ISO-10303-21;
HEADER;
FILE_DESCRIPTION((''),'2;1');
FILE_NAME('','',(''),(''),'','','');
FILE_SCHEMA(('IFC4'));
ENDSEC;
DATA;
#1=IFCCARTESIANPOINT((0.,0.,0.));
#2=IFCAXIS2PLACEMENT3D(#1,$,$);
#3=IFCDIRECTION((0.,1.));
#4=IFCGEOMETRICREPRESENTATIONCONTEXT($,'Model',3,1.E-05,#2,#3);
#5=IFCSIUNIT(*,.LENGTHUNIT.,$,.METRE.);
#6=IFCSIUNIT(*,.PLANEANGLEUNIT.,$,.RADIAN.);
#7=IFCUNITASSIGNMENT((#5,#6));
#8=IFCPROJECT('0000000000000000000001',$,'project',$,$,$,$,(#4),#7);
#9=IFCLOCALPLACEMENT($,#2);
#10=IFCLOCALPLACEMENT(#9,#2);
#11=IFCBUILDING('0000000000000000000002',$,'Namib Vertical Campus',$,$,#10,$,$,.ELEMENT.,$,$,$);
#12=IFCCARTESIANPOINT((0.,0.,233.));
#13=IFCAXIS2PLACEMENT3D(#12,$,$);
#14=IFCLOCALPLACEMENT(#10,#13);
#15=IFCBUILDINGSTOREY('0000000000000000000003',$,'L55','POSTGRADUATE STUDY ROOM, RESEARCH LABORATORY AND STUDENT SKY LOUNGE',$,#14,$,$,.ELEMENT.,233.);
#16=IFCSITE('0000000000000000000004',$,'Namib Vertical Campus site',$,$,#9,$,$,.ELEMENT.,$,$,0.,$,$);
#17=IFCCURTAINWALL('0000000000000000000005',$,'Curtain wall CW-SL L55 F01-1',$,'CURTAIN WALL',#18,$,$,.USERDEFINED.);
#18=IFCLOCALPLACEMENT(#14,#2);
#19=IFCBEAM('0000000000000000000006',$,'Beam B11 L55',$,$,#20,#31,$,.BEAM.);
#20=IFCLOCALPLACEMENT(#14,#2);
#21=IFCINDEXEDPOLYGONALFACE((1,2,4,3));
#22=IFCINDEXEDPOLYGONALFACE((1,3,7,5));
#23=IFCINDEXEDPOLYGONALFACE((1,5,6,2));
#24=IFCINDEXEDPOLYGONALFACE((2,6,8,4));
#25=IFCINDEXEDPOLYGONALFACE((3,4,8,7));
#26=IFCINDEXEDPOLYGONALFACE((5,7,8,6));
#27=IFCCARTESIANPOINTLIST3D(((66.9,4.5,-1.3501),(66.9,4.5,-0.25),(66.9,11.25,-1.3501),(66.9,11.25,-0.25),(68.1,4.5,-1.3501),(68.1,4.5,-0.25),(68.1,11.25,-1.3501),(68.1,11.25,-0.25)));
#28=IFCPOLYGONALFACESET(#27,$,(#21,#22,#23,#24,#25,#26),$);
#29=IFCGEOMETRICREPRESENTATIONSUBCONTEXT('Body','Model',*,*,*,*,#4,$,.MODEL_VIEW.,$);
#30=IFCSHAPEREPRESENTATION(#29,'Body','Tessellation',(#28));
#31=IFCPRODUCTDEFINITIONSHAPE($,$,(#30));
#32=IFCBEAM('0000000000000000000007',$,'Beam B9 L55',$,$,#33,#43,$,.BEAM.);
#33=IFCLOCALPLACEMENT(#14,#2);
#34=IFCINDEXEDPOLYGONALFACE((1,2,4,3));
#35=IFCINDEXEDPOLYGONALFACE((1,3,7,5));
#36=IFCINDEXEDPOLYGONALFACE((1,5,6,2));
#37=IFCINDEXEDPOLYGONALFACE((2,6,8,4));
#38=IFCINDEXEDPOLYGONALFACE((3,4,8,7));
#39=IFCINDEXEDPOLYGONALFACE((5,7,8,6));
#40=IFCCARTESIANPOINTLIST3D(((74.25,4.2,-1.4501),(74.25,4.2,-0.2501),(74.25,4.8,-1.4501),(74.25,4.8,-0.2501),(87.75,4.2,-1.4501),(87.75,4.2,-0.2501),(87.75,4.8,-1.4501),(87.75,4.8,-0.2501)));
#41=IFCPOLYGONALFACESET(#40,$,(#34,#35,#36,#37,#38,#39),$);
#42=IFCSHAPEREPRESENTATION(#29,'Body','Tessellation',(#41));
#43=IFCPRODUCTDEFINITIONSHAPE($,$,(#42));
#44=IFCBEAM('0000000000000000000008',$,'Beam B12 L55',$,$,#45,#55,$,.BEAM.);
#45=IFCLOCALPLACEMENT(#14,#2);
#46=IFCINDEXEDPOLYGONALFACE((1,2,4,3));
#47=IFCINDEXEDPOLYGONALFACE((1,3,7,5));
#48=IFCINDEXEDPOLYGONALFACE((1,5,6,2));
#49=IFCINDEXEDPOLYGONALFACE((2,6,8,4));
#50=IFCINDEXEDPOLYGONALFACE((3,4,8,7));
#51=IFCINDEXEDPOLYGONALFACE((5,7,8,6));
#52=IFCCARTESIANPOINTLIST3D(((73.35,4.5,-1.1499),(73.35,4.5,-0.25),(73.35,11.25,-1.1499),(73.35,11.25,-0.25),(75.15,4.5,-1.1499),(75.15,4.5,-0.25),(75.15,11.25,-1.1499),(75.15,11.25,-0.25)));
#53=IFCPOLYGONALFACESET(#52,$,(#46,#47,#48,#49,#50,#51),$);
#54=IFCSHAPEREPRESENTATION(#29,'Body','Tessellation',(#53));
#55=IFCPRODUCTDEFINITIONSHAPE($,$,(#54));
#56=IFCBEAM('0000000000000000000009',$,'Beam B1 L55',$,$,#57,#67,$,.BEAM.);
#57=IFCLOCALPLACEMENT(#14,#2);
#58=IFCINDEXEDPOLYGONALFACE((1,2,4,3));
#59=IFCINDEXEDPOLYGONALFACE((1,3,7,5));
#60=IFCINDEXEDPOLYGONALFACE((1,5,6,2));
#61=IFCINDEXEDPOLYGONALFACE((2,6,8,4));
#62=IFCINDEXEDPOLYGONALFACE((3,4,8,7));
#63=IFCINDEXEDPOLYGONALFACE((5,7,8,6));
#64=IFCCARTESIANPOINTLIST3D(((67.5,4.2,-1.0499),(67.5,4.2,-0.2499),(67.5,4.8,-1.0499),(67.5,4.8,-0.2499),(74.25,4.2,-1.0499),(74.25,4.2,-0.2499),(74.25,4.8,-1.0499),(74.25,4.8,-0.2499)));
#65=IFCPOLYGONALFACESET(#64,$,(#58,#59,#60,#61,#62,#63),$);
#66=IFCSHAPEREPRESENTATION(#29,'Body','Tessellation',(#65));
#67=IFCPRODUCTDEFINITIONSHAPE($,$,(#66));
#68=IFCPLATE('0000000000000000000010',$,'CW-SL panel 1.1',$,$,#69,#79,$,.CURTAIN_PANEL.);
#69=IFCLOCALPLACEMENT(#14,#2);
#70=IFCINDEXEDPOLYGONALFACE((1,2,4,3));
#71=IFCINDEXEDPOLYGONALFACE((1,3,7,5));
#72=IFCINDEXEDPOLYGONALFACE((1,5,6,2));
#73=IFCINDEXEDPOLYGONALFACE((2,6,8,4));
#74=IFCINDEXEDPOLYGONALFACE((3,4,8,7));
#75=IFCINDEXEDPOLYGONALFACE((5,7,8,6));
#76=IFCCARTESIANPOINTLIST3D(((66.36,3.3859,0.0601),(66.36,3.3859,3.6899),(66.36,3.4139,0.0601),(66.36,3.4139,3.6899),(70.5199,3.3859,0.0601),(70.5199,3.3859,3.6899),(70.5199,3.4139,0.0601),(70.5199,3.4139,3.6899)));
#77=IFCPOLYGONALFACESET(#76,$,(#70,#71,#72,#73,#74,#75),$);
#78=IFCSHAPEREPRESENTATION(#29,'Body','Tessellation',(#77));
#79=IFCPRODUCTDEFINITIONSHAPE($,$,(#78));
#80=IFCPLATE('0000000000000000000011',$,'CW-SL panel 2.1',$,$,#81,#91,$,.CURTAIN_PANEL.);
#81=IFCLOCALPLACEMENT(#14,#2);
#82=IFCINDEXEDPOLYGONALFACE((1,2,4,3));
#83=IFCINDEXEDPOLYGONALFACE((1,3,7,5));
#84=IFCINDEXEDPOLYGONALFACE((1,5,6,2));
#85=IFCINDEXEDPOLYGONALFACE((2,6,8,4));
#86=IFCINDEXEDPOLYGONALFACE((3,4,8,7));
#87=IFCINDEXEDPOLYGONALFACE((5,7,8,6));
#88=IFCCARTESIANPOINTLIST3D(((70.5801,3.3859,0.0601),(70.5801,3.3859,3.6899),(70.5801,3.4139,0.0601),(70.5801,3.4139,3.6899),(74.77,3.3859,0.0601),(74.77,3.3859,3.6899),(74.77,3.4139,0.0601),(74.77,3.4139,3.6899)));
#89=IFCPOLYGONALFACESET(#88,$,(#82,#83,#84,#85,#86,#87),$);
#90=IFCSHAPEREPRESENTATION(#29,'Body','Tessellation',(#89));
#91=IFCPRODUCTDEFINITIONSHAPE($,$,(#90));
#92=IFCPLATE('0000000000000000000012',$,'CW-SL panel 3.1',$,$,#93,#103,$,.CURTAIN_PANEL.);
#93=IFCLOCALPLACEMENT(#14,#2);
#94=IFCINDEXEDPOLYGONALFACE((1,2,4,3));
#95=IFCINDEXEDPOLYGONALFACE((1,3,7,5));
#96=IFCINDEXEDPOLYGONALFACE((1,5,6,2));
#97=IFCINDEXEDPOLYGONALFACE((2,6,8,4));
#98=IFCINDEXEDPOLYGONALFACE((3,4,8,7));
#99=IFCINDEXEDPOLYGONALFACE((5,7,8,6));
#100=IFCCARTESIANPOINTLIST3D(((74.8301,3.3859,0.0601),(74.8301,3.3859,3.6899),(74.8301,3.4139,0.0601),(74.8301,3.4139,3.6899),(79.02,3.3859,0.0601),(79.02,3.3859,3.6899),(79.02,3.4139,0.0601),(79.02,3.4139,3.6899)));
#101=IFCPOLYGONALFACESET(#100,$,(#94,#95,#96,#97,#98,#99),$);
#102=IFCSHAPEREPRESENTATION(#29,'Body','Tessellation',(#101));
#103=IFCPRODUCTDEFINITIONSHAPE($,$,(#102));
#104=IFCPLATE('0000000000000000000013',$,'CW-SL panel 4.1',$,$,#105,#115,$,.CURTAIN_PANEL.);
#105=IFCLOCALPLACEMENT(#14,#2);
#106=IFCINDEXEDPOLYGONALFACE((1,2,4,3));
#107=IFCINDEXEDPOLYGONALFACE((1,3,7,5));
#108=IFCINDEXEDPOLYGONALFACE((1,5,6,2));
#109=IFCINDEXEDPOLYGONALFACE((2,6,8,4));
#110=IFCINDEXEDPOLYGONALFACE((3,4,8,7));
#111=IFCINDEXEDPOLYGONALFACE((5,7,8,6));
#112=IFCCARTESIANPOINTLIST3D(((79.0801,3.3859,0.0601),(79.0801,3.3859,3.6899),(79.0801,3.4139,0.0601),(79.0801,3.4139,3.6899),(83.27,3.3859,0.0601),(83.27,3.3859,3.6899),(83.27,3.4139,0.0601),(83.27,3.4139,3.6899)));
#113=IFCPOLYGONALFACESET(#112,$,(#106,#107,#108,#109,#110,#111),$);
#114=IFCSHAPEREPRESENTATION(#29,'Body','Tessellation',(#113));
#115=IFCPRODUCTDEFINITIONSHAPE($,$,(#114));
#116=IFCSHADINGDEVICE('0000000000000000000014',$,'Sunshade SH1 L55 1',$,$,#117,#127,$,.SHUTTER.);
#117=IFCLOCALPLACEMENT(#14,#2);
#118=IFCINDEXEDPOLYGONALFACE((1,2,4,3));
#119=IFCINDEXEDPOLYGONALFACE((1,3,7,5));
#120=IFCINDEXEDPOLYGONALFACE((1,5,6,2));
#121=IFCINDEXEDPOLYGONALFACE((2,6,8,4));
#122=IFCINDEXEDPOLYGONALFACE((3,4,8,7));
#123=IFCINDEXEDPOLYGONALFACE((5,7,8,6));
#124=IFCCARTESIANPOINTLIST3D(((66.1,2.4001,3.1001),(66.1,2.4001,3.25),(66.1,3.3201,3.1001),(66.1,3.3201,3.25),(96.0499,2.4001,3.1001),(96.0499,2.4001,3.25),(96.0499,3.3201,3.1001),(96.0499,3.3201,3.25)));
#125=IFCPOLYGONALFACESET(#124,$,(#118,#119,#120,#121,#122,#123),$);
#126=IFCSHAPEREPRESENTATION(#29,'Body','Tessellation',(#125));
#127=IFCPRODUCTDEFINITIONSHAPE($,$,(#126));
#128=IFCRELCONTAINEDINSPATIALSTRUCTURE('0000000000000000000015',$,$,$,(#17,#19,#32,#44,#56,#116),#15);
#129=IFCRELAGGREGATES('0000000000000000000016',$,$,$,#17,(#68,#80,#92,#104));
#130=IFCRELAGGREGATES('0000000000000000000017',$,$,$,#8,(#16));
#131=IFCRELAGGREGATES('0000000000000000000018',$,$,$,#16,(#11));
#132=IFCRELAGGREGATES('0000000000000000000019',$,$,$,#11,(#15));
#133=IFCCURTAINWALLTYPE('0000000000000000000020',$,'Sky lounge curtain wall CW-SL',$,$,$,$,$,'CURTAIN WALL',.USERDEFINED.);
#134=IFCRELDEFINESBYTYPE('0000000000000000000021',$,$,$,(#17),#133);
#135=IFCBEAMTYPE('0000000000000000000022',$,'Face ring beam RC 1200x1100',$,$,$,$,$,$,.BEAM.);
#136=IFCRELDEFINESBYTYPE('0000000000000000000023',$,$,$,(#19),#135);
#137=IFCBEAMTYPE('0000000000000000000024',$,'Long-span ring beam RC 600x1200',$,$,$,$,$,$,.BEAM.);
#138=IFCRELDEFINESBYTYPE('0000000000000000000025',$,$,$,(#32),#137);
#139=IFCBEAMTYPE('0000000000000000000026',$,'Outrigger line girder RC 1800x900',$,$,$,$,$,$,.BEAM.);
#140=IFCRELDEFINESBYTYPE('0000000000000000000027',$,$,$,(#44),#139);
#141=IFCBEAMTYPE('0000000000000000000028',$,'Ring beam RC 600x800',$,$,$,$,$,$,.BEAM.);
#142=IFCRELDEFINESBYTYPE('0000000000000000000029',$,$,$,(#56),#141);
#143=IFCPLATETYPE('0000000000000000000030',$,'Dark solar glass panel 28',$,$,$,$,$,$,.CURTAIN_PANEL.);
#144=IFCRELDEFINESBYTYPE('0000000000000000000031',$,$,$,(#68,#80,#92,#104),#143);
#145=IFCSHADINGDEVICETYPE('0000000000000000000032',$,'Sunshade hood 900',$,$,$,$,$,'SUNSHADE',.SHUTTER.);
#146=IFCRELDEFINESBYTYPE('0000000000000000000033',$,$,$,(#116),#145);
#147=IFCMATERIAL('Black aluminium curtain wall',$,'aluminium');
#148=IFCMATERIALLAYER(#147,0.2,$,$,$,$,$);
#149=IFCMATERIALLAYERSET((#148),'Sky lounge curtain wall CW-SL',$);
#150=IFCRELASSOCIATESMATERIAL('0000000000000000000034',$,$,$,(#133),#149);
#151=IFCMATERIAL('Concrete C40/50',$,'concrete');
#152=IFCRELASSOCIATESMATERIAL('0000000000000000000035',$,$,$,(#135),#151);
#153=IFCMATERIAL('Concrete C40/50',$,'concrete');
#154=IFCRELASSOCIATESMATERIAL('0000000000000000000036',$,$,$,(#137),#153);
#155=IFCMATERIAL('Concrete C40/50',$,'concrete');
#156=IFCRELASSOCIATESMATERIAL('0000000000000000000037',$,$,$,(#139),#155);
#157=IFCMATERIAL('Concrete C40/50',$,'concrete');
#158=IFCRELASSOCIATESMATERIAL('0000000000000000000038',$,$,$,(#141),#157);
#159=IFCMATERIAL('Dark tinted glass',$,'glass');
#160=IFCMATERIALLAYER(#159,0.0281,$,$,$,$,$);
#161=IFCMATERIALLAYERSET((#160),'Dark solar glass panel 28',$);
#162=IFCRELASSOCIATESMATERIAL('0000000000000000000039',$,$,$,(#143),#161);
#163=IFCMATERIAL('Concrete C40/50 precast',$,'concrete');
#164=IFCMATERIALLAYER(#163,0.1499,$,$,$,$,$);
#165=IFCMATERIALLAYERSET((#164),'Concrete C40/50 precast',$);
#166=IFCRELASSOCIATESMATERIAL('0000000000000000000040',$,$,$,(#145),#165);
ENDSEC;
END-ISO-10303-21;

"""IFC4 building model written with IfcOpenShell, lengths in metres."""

from ifc_helpers import new_model, si_unit, direction, frame, origin, origin_2d, place, context, subcontext, project, spatial, rectangle, extrude, material, layer, layer_set, material_profile, profile_set, type_object, element, aggregate, save


model = new_model("IFC4")

# Units and contexts
model_context = context("Model", 3, precision=1e-05, world=origin(), true_north=direction((0.0, 1.0)))
body_context = subcontext(model_context, "Body", "Model", "MODEL_VIEW")
ifc_project = project(units=[si_unit("LENGTHUNIT", "METRE"), si_unit("PLANEANGLEUNIT", "RADIAN")], contexts=[model_context])

# Site, building, storey
site_placement = place(None, origin())
site = spatial("IfcSite", under=ifc_project, at=site_placement, Name="Namib Vertical Campus site", CompositionType="ELEMENT", RefElevation=0.0)
building_placement = place(site_placement, origin())
building = spatial("IfcBuilding", under=site, at=building_placement, Name="Namib Vertical Campus", CompositionType="ELEMENT")
storey_placement = place(building_placement, frame((0.0, 0.0, 233.0)))
storey = spatial("IfcBuildingStorey", under=building, at=storey_placement, Name="L55", Description="POSTGRADUATE STUDY ROOM, RESEARCH LABORATORY AND STUDENT SKY LOUNGE", CompositionType="ELEMENT", Elevation=233.0)

# Curtain wall
ifc_material_1 = material(Name="Black aluminium curtain wall", Category="aluminium")
ifc_layer_1 = layer(ifc_material_1, 0.2)
ifc_layer_set_1 = layer_set([ifc_layer_1], Name="Sky lounge curtain wall CW-SL")
curtain_wall_type = type_object("IfcCurtainWallType", Name="Sky lounge curtain wall CW-SL", ElementType="CURTAIN WALL", PredefinedType="USERDEFINED", material=ifc_layer_set_1)
curtain_wall_placement = place(storey_placement, origin())
curtain_wall = element("IfcCurtainWall", 1, at=curtain_wall_placement, inside=storey, type_object=curtain_wall_type, Name="Curtain wall CW-SL L55 F01-1", ObjectType="CURTAIN WALL", PredefinedType="USERDEFINED")

# Beams
ifc_material_2 = material(Name="Concrete C40/50", Category="concrete")
ifc_material_profile_1 = material_profile(ifc_material_2, rectangle(XDim=1.2, YDim=1.1001, at=origin_2d()))
ifc_profile_set_1 = profile_set([ifc_material_profile_1], Name="Concrete C40/50")
beam_type_1 = type_object("IfcBeamType", Name="Face ring beam RC 1200x1100", PredefinedType="BEAM", material=ifc_profile_set_1)
beam_1_placement = place(storey_placement, frame((67.5, 4.5, -0.8), z_axis=(0.0, 1.0, 0.0), x_axis=(-1.0, 0.0, 0.0)))
element("IfcBeam", 2, at=beam_1_placement, inside=storey, type_object=beam_type_1, Name="Beam B11 L55", PredefinedType="BEAM", context=body_context, shape_type="SweptSolid", body=[
    extrude(rectangle(XDim=1.2, YDim=1.1001, at=origin_2d()), origin(), (0.0, 0.0, 1.0), 6.75),
])
ifc_material_3 = material(Name="Concrete C40/50", Category="concrete")
ifc_material_profile_2 = material_profile(ifc_material_3, rectangle(XDim=0.6001, YDim=1.2, at=origin_2d()))
ifc_profile_set_2 = profile_set([ifc_material_profile_2], Name="Concrete C40/50")
beam_type_2 = type_object("IfcBeamType", Name="Long-span ring beam RC 600x1200", PredefinedType="BEAM", material=ifc_profile_set_2)
beam_2_placement = place(storey_placement, frame((74.25, 4.5, -0.8501), z_axis=(1.0, 0.0, 0.0), x_axis=(0.0, 1.0, 0.0)))
element("IfcBeam", 3, at=beam_2_placement, inside=storey, type_object=beam_type_2, Name="Beam B9 L55", PredefinedType="BEAM", context=body_context, shape_type="SweptSolid", body=[
    extrude(rectangle(XDim=0.6001, YDim=1.2, at=origin_2d()), origin(), (0.0, 0.0, 1.0), 13.5),
])
ifc_material_4 = material(Name="Concrete C40/50", Category="concrete")
ifc_material_profile_3 = material_profile(ifc_material_4, rectangle(XDim=1.8, YDim=0.8999, at=origin_2d()))
ifc_profile_set_3 = profile_set([ifc_material_profile_3], Name="Concrete C40/50")
beam_type_3 = type_object("IfcBeamType", Name="Outrigger line girder RC 1800x900", PredefinedType="BEAM", material=ifc_profile_set_3)
beam_3_placement = place(storey_placement, frame((74.25, 4.5, -0.7), z_axis=(0.0, 1.0, 0.0), x_axis=(-1.0, 0.0, 0.0)))
element("IfcBeam", 4, at=beam_3_placement, inside=storey, type_object=beam_type_3, Name="Beam B12 L55", PredefinedType="BEAM", context=body_context, shape_type="SweptSolid", body=[
    extrude(rectangle(XDim=1.8, YDim=0.8999, at=origin_2d()), origin(), (0.0, 0.0, 1.0), 6.75),
])
ifc_material_5 = material(Name="Concrete C40/50", Category="concrete")
ifc_material_profile_4 = material_profile(ifc_material_5, rectangle(XDim=0.6001, YDim=0.8, at=origin_2d()))
ifc_profile_set_4 = profile_set([ifc_material_profile_4], Name="Concrete C40/50")
beam_type_4 = type_object("IfcBeamType", Name="Ring beam RC 600x800", PredefinedType="BEAM", material=ifc_profile_set_4)
beam_4_placement = place(storey_placement, frame((67.5, 4.5, -0.6499), z_axis=(1.0, 0.0, 0.0), x_axis=(0.0, 1.0, 0.0)))
element("IfcBeam", 5, at=beam_4_placement, inside=storey, type_object=beam_type_4, Name="Beam B1 L55", PredefinedType="BEAM", context=body_context, shape_type="SweptSolid", body=[
    extrude(rectangle(XDim=0.6001, YDim=0.8, at=origin_2d()), origin(), (0.0, 0.0, 1.0), 6.75),
])

# Plates
ifc_material_6 = material(Name="Dark tinted glass", Category="glass")
ifc_layer_2 = layer(ifc_material_6, 0.0281)
ifc_layer_set_2 = layer_set([ifc_layer_2], Name="Dark solar glass panel 28")
plate_type = type_object("IfcPlateType", Name="Dark solar glass panel 28", PredefinedType="CURTAIN_PANEL", material=ifc_layer_set_2)
plate_1_placement = place(storey_placement, frame((68.4399, 3.3999, 0.0601), z_axis=(0.0, 0.0, 1.0), x_axis=(1.0, 0.0, 0.0)))
plate_1 = element("IfcPlate", 6, at=plate_1_placement, type_object=plate_type, Name="CW-SL panel 1.1", PredefinedType="CURTAIN_PANEL", context=body_context, shape_type="SweptSolid", body=[
    extrude(rectangle(XDim=4.1599, YDim=0.0281, at=origin_2d()), origin(), (0.0, 0.0, 1.0), 3.6299),
])
plate_2_placement = place(storey_placement, frame((72.675, 3.3999, 0.0601), z_axis=(0.0, 0.0, 1.0), x_axis=(1.0, 0.0, 0.0)))
plate_2 = element("IfcPlate", 7, at=plate_2_placement, type_object=plate_type, Name="CW-SL panel 2.1", PredefinedType="CURTAIN_PANEL", context=body_context, shape_type="SweptSolid", body=[
    extrude(rectangle(XDim=4.1899, YDim=0.0281, at=origin_2d()), origin(), (0.0, 0.0, 1.0), 3.6299),
])
plate_3_placement = place(storey_placement, frame((76.925, 3.3999, 0.0601), z_axis=(0.0, 0.0, 1.0), x_axis=(1.0, 0.0, 0.0)))
plate_3 = element("IfcPlate", 8, at=plate_3_placement, type_object=plate_type, Name="CW-SL panel 3.1", PredefinedType="CURTAIN_PANEL", context=body_context, shape_type="SweptSolid", body=[
    extrude(rectangle(XDim=4.1899, YDim=0.0281, at=origin_2d()), origin(), (0.0, 0.0, 1.0), 3.6299),
])
plate_4_placement = place(storey_placement, frame((81.175, 3.3999, 0.0601), z_axis=(0.0, 0.0, 1.0), x_axis=(1.0, 0.0, 0.0)))
plate_4 = element("IfcPlate", 9, at=plate_4_placement, type_object=plate_type, Name="CW-SL panel 4.1", PredefinedType="CURTAIN_PANEL", context=body_context, shape_type="SweptSolid", body=[
    extrude(rectangle(XDim=4.1899, YDim=0.0281, at=origin_2d()), origin(), (0.0, 0.0, 1.0), 3.6299),
])
aggregate(curtain_wall, [plate_1, plate_2, plate_3, plate_4])

# Shading device
ifc_material_7 = material(Name="Concrete C40/50 precast", Category="concrete")
ifc_layer_3 = layer(ifc_material_7, 0.1499)
ifc_layer_set_3 = layer_set([ifc_layer_3], Name="Concrete C40/50 precast")
shading_device_type = type_object("IfcShadingDeviceType", Name="Sunshade hood 900", ElementType="SUNSHADE", PredefinedType="SHUTTER", material=ifc_layer_set_3)
shading_device_placement = place(storey_placement, frame((81.075, 2.8601, 3.1001), z_axis=(0.0, 0.0, 1.0), x_axis=(1.0, 0.0, 0.0)))
element("IfcShadingDevice", 10, at=shading_device_placement, inside=storey, type_object=shading_device_type, Name="Sunshade SH1 L55 1", PredefinedType="SHUTTER", context=body_context, shape_type="SweptSolid", body=[
    extrude(rectangle(XDim=29.95, YDim=0.9199, at=origin_2d()), origin(), (0.0, 0.0, 1.0), 0.1499),
])

save(model, "model.ifc")
